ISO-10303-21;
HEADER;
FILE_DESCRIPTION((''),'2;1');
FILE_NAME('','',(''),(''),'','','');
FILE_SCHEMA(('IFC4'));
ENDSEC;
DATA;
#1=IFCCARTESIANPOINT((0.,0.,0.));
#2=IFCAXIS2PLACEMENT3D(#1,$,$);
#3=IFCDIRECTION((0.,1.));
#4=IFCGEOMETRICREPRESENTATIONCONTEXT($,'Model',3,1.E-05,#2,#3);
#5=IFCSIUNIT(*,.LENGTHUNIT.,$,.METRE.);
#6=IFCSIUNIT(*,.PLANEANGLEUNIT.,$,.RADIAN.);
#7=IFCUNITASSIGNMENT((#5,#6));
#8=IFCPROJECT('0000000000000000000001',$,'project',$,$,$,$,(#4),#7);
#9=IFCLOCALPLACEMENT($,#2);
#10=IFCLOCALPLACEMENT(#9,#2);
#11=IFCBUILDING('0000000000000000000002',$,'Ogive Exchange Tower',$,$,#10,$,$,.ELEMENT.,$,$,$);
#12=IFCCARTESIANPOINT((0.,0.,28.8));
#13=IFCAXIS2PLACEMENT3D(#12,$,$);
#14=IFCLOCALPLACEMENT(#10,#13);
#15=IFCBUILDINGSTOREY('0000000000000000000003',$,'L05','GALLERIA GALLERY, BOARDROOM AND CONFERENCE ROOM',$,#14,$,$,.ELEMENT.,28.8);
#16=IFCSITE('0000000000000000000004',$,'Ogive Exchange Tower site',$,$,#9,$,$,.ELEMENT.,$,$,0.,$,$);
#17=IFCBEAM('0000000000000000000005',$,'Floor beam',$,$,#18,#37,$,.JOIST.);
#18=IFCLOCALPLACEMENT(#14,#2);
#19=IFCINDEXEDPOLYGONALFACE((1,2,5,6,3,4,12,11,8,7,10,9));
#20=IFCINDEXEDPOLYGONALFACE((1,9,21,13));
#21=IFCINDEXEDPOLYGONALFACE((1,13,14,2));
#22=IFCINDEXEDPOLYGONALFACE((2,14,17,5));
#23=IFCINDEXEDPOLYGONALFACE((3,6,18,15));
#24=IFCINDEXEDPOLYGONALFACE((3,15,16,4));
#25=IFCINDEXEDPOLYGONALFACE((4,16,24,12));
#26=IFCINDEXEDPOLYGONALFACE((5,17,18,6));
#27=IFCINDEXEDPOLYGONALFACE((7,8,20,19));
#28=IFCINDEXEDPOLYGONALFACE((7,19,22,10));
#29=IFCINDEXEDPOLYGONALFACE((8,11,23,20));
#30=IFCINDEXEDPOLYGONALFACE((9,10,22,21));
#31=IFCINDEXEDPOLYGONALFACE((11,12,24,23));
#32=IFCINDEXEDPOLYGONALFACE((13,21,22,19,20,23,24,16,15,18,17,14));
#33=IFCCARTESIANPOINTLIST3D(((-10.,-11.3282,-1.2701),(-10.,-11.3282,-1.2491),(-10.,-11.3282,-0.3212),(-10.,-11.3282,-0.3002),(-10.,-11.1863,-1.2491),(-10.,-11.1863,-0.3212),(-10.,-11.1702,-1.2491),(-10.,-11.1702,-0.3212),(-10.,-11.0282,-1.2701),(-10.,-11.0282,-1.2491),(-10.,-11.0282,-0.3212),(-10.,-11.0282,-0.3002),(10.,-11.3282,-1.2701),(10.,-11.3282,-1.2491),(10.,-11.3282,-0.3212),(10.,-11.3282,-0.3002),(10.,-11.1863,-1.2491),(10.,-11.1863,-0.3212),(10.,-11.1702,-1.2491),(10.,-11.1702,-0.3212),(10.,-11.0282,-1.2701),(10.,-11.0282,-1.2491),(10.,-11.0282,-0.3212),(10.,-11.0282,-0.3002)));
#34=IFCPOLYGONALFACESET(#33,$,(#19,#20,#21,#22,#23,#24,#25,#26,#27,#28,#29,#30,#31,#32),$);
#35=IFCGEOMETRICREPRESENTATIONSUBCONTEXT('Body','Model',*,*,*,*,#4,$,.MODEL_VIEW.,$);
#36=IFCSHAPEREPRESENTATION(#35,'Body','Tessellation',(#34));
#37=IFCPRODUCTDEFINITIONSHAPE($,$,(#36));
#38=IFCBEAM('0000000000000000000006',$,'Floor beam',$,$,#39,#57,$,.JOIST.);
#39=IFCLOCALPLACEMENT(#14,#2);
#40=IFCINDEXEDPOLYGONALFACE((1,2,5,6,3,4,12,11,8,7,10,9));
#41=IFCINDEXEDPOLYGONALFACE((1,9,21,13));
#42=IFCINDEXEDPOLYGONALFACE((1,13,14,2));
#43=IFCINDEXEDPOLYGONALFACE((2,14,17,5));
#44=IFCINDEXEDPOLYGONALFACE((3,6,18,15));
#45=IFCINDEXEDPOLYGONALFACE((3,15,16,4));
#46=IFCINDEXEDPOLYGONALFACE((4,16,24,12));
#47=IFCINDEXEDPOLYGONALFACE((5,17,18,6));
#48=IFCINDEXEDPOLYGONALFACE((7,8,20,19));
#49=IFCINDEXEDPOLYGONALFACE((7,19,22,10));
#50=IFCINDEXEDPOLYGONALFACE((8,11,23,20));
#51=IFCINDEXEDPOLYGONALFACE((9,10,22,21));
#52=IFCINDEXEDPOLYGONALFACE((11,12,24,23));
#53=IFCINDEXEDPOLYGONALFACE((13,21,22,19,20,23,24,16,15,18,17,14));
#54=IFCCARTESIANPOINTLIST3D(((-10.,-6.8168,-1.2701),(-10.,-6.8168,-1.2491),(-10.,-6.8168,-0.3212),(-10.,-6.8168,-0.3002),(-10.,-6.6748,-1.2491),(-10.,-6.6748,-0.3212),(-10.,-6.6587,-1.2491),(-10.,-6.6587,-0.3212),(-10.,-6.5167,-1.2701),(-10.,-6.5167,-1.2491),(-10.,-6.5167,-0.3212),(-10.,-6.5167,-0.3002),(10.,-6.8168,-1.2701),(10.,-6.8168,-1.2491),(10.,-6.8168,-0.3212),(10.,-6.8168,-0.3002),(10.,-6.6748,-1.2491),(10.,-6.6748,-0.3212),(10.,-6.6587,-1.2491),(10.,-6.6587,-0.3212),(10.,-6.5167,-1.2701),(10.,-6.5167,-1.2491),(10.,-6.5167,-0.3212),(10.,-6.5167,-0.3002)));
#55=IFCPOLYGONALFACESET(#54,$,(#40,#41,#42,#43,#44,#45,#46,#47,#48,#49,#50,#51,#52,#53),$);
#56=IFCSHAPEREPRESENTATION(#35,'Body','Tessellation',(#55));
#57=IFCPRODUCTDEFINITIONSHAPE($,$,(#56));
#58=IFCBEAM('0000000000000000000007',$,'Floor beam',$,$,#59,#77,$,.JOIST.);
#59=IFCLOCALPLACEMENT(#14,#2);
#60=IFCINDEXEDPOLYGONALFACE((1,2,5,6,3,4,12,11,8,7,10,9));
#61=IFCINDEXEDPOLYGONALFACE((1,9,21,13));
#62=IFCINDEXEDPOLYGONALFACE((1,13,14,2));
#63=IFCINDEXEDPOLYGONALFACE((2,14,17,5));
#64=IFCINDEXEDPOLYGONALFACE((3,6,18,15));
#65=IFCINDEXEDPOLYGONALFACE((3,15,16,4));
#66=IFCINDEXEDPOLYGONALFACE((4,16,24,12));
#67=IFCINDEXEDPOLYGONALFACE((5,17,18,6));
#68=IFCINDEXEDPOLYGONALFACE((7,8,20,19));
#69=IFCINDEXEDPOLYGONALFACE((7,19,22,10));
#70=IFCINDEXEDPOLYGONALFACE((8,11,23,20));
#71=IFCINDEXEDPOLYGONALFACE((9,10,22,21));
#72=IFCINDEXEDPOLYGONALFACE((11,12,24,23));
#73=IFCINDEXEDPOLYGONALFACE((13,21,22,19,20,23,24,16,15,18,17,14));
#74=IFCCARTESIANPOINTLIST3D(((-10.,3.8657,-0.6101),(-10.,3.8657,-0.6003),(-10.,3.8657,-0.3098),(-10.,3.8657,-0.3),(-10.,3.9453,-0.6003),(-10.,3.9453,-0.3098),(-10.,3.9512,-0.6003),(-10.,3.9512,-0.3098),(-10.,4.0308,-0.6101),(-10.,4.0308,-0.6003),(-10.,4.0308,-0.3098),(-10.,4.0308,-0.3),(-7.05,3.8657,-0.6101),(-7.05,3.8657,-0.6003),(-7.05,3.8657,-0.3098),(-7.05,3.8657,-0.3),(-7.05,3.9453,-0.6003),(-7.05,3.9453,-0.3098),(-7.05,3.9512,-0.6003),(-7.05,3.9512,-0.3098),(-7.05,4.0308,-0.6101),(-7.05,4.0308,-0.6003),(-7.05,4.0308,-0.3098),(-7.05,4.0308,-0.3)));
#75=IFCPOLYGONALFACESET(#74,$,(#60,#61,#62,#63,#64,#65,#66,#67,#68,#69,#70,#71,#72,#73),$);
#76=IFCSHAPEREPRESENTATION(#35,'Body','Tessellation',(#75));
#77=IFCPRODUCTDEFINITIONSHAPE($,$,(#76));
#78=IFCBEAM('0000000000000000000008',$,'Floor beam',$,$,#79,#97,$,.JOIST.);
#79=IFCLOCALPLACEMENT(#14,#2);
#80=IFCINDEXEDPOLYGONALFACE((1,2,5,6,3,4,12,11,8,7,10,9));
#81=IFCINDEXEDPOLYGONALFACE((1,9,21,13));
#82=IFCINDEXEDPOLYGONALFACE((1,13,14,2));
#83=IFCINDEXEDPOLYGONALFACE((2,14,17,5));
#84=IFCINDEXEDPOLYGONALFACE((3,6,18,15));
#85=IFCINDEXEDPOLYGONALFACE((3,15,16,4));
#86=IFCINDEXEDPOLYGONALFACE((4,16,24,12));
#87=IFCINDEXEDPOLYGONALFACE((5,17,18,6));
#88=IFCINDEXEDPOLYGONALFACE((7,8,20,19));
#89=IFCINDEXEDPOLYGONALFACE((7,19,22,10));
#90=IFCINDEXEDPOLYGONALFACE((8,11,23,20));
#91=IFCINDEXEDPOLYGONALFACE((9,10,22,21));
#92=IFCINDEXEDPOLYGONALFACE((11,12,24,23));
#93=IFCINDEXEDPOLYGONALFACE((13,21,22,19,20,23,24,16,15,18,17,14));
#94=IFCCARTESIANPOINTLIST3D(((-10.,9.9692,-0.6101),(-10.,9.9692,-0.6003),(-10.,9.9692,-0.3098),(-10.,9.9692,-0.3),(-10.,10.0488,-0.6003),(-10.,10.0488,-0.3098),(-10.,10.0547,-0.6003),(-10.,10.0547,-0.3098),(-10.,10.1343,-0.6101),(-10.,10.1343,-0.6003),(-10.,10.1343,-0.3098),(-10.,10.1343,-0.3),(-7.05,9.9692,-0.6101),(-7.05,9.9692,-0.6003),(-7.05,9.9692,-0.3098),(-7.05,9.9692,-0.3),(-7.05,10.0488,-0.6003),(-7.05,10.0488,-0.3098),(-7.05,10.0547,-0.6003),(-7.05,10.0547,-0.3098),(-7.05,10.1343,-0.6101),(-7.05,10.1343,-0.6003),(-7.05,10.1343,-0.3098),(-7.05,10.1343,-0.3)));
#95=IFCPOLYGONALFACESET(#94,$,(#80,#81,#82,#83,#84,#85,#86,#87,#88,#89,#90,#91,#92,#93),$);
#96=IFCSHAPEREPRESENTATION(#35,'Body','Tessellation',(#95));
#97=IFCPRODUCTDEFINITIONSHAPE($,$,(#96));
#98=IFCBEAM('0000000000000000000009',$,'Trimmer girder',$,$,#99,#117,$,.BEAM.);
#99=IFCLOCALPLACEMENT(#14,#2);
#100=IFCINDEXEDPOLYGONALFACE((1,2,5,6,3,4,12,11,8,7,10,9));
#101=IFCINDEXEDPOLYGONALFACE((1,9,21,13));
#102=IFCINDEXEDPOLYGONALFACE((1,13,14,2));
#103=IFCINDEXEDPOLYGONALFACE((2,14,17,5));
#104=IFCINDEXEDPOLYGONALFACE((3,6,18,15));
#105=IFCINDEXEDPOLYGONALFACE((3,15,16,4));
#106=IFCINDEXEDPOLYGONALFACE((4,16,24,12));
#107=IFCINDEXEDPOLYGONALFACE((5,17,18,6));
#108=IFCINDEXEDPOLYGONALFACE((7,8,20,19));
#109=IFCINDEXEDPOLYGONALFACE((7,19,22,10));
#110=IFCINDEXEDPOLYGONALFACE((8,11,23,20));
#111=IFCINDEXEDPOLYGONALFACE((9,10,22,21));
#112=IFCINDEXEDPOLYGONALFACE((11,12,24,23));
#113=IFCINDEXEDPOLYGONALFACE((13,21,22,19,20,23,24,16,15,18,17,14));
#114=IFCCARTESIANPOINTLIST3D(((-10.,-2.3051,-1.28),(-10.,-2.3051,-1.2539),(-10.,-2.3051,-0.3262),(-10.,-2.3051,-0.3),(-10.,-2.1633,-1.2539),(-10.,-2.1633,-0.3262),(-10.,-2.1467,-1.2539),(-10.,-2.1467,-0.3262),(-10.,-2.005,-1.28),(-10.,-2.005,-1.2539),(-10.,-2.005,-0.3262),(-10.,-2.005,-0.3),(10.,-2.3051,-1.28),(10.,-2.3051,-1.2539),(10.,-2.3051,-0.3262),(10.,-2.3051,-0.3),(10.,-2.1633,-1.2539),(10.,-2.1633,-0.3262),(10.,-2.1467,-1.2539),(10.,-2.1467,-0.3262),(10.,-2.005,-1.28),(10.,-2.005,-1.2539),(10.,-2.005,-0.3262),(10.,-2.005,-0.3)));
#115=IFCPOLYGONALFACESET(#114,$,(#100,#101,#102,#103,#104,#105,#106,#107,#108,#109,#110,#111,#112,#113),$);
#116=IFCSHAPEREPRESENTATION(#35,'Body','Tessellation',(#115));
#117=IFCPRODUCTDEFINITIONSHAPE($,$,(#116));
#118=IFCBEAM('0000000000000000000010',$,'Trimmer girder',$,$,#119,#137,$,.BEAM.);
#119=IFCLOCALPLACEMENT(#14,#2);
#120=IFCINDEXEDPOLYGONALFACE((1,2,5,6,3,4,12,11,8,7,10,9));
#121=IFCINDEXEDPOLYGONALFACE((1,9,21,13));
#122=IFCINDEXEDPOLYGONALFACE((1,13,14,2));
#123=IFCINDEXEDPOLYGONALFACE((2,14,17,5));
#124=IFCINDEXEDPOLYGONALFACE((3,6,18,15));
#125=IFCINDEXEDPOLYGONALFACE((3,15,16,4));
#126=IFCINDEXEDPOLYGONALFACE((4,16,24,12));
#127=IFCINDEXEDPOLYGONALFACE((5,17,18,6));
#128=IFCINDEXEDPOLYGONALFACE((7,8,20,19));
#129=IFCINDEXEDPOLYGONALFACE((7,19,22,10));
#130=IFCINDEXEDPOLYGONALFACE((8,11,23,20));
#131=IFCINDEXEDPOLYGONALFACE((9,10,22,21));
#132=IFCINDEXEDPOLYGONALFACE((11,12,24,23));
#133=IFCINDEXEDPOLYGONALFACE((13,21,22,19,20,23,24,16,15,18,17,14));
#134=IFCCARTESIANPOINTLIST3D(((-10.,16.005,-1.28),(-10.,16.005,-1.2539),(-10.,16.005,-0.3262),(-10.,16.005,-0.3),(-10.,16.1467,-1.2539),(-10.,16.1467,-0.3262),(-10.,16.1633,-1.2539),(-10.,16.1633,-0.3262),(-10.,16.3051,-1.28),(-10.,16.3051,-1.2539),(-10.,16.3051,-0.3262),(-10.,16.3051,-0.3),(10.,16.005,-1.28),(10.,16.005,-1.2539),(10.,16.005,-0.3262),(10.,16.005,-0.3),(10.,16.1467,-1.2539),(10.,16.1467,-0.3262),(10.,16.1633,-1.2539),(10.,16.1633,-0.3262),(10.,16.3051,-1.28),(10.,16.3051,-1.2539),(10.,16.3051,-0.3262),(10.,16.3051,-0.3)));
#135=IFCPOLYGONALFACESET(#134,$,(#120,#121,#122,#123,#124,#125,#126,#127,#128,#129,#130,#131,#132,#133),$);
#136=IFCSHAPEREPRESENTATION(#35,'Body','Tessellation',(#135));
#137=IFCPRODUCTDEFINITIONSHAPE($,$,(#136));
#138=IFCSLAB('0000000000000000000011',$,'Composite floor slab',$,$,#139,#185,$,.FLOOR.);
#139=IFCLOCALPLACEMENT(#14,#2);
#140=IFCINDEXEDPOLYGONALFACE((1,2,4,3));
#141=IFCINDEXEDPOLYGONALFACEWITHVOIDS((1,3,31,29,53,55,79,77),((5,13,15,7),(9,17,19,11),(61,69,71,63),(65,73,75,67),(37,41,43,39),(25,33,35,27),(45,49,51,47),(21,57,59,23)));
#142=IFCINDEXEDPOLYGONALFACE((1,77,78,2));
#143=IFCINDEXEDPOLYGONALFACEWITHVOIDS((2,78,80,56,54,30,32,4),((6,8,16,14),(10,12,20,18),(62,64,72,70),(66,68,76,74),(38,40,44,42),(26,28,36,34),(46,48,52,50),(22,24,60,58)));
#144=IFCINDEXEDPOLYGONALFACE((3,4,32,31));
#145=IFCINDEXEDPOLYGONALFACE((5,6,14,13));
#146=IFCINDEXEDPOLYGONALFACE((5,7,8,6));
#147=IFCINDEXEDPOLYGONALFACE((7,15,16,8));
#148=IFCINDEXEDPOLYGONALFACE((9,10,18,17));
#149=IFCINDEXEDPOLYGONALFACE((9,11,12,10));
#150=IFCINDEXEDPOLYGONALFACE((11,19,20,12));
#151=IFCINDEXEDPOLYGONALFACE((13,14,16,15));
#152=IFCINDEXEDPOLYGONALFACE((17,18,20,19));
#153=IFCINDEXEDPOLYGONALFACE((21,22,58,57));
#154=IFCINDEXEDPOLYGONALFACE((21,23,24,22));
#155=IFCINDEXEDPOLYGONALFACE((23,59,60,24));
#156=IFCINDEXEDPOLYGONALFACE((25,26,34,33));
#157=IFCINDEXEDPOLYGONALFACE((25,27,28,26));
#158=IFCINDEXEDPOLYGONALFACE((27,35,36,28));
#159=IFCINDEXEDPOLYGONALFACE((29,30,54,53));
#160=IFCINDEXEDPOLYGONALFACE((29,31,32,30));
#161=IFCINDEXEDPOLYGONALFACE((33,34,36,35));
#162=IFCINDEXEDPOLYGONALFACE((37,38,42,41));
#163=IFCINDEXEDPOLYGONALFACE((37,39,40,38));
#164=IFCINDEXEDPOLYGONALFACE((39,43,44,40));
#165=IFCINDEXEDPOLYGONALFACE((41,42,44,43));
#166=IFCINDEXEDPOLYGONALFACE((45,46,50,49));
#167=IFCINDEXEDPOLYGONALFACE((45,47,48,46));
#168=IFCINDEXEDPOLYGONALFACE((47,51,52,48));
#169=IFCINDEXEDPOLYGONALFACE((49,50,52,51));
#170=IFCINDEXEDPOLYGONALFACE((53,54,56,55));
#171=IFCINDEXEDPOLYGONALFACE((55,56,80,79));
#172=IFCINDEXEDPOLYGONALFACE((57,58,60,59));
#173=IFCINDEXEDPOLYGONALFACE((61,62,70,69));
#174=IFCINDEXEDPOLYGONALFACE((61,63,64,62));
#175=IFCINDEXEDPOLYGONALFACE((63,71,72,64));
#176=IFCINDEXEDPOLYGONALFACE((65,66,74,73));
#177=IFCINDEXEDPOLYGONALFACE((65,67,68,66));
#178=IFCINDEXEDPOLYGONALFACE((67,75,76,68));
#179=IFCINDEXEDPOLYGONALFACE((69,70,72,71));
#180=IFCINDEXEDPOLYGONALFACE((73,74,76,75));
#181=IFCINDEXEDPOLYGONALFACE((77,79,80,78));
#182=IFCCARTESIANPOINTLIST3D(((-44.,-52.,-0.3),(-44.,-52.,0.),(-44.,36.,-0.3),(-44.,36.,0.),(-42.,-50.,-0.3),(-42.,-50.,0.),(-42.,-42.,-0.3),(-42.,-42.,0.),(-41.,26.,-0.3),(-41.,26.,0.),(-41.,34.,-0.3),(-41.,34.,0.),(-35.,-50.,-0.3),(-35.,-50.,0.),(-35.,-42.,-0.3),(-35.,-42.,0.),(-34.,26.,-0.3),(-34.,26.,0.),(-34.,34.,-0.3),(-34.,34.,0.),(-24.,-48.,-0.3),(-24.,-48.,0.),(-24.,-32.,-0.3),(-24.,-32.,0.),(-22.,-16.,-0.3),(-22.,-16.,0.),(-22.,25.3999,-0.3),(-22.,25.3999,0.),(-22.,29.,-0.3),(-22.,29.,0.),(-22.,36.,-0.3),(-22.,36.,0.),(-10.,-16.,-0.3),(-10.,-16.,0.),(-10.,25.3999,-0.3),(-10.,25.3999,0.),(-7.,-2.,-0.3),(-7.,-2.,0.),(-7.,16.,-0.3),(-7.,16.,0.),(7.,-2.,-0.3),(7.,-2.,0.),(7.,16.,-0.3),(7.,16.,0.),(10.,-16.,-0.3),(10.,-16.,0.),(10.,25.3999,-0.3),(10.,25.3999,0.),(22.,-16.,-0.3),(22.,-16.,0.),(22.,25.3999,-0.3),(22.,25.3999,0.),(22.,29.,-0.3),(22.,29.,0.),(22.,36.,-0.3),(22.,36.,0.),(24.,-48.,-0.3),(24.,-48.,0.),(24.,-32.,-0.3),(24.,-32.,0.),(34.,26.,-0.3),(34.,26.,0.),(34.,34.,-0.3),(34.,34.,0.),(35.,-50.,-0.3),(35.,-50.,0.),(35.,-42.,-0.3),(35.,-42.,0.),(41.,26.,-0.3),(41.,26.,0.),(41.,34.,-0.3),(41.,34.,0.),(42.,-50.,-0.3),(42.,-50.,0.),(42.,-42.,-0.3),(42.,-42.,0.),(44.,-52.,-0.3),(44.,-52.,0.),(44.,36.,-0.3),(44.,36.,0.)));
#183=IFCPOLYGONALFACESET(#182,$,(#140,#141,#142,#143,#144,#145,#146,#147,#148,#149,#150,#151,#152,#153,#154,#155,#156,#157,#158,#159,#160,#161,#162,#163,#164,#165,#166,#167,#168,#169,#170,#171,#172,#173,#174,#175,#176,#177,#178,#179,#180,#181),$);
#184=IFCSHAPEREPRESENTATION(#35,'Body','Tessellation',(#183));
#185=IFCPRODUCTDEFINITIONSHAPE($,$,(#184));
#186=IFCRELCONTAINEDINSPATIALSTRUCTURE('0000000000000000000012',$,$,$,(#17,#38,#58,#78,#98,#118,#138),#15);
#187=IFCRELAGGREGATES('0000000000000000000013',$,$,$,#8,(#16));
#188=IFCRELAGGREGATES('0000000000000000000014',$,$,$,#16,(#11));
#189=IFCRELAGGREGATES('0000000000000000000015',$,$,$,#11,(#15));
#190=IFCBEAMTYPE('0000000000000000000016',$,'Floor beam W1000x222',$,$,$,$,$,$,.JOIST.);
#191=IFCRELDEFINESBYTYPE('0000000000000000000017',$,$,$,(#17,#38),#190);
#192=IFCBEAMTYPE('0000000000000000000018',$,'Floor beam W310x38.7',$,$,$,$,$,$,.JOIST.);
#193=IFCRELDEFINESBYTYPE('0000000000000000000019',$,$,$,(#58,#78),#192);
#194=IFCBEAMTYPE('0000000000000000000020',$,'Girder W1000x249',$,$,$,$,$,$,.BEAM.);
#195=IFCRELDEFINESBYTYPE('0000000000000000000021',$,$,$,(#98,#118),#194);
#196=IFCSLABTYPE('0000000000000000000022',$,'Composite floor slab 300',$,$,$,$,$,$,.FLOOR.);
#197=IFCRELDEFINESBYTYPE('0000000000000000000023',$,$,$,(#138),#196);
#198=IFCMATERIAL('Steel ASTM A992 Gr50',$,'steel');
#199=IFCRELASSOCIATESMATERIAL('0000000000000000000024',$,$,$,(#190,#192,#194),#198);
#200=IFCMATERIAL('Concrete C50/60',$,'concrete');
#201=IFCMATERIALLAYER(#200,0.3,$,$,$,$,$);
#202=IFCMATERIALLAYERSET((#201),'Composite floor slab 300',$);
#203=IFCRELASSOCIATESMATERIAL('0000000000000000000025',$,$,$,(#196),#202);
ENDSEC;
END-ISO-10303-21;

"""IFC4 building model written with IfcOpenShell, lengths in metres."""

from ifc_helpers import new_model, si_unit, direction, frame, origin, origin_2d, place, context, subcontext, project, spatial, polyline, i_section, outline, extrude, material, layer, layer_set, material_profile, profile_set, type_object, element, save


model = new_model("IFC4")

# Units and contexts
model_context = context("Model", 3, precision=1e-05, world=origin(), true_north=direction((0.0, 1.0)))
body_context = subcontext(model_context, "Body", "Model", "MODEL_VIEW")
ifc_project = project(units=[si_unit("LENGTHUNIT", "METRE"), si_unit("PLANEANGLEUNIT", "RADIAN")], contexts=[model_context])

# Site, building, storey
site_placement = place(None, origin())
site = spatial("IfcSite", under=ifc_project, at=site_placement, Name="Ogive Exchange Tower site", CompositionType="ELEMENT", RefElevation=0.0)
building_placement = place(site_placement, origin())
building = spatial("IfcBuilding", under=site, at=building_placement, Name="Ogive Exchange Tower", CompositionType="ELEMENT")
storey_placement = place(building_placement, frame((0.0, 0.0, 28.8)))
storey = spatial("IfcBuildingStorey", under=building, at=storey_placement, Name="L05", Description="GALLERIA GALLERY, BOARDROOM AND CONFERENCE ROOM", CompositionType="ELEMENT", Elevation=28.8)

# Beams
ifc_material_1 = material(Name="Steel ASTM A992 Gr50", Category="steel")
ifc_material_profile_1 = material_profile(ifc_material_1, i_section(OverallWidth=0.3, OverallDepth=0.97, WebThickness=0.0161, FlangeThickness=0.021, at=origin_2d()), Name="W1000x222")
ifc_profile_set_1 = profile_set([ifc_material_profile_1], Name="Steel ASTM A992 Gr50")
beam_type_1 = type_object("IfcBeamType", Name="Floor beam W1000x222", PredefinedType="JOIST", material=ifc_profile_set_1)
for number, where, z_axis, x_axis, name in (
    (1, (-10.0, -11.1782, -0.7852), (1.0, 0.0, 0.0), (0.0, 1.0, 0.0), "Floor beam"),
    (2, (-10.0, -6.6667, -0.7852), (1.0, 0.0, 0.0), (0.0, 1.0, 0.0), "Floor beam"),
):
    element("IfcBeam", number, at=place(storey_placement, frame(where, z_axis=z_axis, x_axis=x_axis)), inside=storey, type_object=beam_type_1, Name=name, PredefinedType="JOIST", context=body_context, shape_type="SweptSolid", body=[
        extrude(i_section(OverallWidth=0.3, OverallDepth=0.97, WebThickness=0.0161, FlangeThickness=0.021, at=origin_2d()), origin(), (0.0, 0.0, 1.0), 20.0),
    ])
ifc_material_profile_2 = material_profile(ifc_material_1, i_section(OverallWidth=0.165, OverallDepth=0.3101, WebThickness=0.0059, FlangeThickness=0.0098, at=origin_2d()), Name="W310x38.7")
ifc_profile_set_2 = profile_set([ifc_material_profile_2], Name="Steel ASTM A992 Gr50")
beam_type_2 = type_object("IfcBeamType", Name="Floor beam W310x38.7", PredefinedType="JOIST", material=ifc_profile_set_2)
for number, where, z_axis, x_axis, name in (
    (3, (-10.0, 3.9482, -0.4551), (1.0, 0.0, 0.0), (0.0, 1.0, 0.0), "Floor beam"),
    (4, (-10.0, 10.0518, -0.4551), (1.0, 0.0, 0.0), (0.0, 1.0, 0.0), "Floor beam"),
):
    element("IfcBeam", number, at=place(storey_placement, frame(where, z_axis=z_axis, x_axis=x_axis)), inside=storey, type_object=beam_type_2, Name=name, PredefinedType="JOIST", context=body_context, shape_type="SweptSolid", body=[
        extrude(i_section(OverallWidth=0.165, OverallDepth=0.3101, WebThickness=0.0059, FlangeThickness=0.0098, at=origin_2d()), origin(), (0.0, 0.0, 1.0), 2.95),
    ])
ifc_material_profile_3 = material_profile(ifc_material_1, i_section(OverallWidth=0.3, OverallDepth=0.98, WebThickness=0.0166, FlangeThickness=0.0261, at=origin_2d()), Name="W1000x249")
ifc_profile_set_3 = profile_set([ifc_material_profile_3], Name="Steel ASTM A992 Gr50")
beam_type_3 = type_object("IfcBeamType", Name="Girder W1000x249", PredefinedType="BEAM", material=ifc_profile_set_3)
for number, where, z_axis, x_axis, name in (
    (5, (-10.0, -2.155, -0.79), (1.0, 0.0, 0.0), (0.0, 1.0, 0.0), "Trimmer girder"),
    (6, (-10.0, 16.155, -0.79), (1.0, 0.0, 0.0), (0.0, 1.0, 0.0), "Trimmer girder"),
):
    element("IfcBeam", number, at=place(storey_placement, frame(where, z_axis=z_axis, x_axis=x_axis)), inside=storey, type_object=beam_type_3, Name=name, PredefinedType="BEAM", context=body_context, shape_type="SweptSolid", body=[
        extrude(i_section(OverallWidth=0.3, OverallDepth=0.98, WebThickness=0.0166, FlangeThickness=0.0261, at=origin_2d()), origin(), (0.0, 0.0, 1.0), 20.0),
    ])

# Slab
ifc_material_2 = material(Name="Concrete C50/60", Category="concrete")
ifc_layer_1 = layer(ifc_material_2, 0.3)
ifc_layer_set_1 = layer_set([ifc_layer_1], Name="Composite floor slab 300")
slab_type = type_object("IfcSlabType", Name="Composite floor slab 300", PredefinedType="FLOOR", material=ifc_layer_set_1)
slab_placement = place(storey_placement, frame((0.0, 0.0, -0.3)))
element("IfcSlab", 7, at=slab_placement, inside=storey, type_object=slab_type, Name="Composite floor slab", PredefinedType="FLOOR", context=body_context, shape_type="SweptSolid", body=[
    extrude(outline(polyline([(44.0, -52.0), (-44.0, -52.0), (-44.0, 36.0), (-22.0, 36.0), (-22.0, 29.0), (22.0, 29.0), (22.0, 36.0), (44.0, 36.0), (44.0, -52.0)]), holes=[polyline([(-42.0, -42.0), (-42.0, -50.0), (-35.0, -50.0), (-35.0, -42.0), (-42.0, -42.0)]), polyline([(35.0, -42.0), (35.0, -50.0), (42.0, -50.0), (42.0, -42.0), (35.0, -42.0)]), polyline([(-24.0, -32.0), (-24.0, -48.0), (24.0, -48.0), (24.0, -32.0), (-24.0, -32.0)]), polyline([(-22.0, 25.3999), (-22.0, -16.0), (-10.0, -16.0), (-10.0, 25.3999), (-22.0, 25.3999)]), polyline([(10.0, 25.3999), (10.0, -16.0), (22.0, -16.0), (22.0, 25.3999), (10.0, 25.3999)]), polyline([(-7.0, 16.0), (-7.0, -2.0), (7.0, -2.0), (7.0, 16.0), (-7.0, 16.0)]), polyline([(-41.0, 34.0), (-41.0, 26.0), (-34.0, 26.0), (-34.0, 34.0), (-41.0, 34.0)]), polyline([(34.0, 34.0), (34.0, 26.0), (41.0, 26.0), (41.0, 34.0), (34.0, 34.0)])]), origin(), (0.0, 0.0, 1.0), 0.3),
])

save(model, "model.ifc")
